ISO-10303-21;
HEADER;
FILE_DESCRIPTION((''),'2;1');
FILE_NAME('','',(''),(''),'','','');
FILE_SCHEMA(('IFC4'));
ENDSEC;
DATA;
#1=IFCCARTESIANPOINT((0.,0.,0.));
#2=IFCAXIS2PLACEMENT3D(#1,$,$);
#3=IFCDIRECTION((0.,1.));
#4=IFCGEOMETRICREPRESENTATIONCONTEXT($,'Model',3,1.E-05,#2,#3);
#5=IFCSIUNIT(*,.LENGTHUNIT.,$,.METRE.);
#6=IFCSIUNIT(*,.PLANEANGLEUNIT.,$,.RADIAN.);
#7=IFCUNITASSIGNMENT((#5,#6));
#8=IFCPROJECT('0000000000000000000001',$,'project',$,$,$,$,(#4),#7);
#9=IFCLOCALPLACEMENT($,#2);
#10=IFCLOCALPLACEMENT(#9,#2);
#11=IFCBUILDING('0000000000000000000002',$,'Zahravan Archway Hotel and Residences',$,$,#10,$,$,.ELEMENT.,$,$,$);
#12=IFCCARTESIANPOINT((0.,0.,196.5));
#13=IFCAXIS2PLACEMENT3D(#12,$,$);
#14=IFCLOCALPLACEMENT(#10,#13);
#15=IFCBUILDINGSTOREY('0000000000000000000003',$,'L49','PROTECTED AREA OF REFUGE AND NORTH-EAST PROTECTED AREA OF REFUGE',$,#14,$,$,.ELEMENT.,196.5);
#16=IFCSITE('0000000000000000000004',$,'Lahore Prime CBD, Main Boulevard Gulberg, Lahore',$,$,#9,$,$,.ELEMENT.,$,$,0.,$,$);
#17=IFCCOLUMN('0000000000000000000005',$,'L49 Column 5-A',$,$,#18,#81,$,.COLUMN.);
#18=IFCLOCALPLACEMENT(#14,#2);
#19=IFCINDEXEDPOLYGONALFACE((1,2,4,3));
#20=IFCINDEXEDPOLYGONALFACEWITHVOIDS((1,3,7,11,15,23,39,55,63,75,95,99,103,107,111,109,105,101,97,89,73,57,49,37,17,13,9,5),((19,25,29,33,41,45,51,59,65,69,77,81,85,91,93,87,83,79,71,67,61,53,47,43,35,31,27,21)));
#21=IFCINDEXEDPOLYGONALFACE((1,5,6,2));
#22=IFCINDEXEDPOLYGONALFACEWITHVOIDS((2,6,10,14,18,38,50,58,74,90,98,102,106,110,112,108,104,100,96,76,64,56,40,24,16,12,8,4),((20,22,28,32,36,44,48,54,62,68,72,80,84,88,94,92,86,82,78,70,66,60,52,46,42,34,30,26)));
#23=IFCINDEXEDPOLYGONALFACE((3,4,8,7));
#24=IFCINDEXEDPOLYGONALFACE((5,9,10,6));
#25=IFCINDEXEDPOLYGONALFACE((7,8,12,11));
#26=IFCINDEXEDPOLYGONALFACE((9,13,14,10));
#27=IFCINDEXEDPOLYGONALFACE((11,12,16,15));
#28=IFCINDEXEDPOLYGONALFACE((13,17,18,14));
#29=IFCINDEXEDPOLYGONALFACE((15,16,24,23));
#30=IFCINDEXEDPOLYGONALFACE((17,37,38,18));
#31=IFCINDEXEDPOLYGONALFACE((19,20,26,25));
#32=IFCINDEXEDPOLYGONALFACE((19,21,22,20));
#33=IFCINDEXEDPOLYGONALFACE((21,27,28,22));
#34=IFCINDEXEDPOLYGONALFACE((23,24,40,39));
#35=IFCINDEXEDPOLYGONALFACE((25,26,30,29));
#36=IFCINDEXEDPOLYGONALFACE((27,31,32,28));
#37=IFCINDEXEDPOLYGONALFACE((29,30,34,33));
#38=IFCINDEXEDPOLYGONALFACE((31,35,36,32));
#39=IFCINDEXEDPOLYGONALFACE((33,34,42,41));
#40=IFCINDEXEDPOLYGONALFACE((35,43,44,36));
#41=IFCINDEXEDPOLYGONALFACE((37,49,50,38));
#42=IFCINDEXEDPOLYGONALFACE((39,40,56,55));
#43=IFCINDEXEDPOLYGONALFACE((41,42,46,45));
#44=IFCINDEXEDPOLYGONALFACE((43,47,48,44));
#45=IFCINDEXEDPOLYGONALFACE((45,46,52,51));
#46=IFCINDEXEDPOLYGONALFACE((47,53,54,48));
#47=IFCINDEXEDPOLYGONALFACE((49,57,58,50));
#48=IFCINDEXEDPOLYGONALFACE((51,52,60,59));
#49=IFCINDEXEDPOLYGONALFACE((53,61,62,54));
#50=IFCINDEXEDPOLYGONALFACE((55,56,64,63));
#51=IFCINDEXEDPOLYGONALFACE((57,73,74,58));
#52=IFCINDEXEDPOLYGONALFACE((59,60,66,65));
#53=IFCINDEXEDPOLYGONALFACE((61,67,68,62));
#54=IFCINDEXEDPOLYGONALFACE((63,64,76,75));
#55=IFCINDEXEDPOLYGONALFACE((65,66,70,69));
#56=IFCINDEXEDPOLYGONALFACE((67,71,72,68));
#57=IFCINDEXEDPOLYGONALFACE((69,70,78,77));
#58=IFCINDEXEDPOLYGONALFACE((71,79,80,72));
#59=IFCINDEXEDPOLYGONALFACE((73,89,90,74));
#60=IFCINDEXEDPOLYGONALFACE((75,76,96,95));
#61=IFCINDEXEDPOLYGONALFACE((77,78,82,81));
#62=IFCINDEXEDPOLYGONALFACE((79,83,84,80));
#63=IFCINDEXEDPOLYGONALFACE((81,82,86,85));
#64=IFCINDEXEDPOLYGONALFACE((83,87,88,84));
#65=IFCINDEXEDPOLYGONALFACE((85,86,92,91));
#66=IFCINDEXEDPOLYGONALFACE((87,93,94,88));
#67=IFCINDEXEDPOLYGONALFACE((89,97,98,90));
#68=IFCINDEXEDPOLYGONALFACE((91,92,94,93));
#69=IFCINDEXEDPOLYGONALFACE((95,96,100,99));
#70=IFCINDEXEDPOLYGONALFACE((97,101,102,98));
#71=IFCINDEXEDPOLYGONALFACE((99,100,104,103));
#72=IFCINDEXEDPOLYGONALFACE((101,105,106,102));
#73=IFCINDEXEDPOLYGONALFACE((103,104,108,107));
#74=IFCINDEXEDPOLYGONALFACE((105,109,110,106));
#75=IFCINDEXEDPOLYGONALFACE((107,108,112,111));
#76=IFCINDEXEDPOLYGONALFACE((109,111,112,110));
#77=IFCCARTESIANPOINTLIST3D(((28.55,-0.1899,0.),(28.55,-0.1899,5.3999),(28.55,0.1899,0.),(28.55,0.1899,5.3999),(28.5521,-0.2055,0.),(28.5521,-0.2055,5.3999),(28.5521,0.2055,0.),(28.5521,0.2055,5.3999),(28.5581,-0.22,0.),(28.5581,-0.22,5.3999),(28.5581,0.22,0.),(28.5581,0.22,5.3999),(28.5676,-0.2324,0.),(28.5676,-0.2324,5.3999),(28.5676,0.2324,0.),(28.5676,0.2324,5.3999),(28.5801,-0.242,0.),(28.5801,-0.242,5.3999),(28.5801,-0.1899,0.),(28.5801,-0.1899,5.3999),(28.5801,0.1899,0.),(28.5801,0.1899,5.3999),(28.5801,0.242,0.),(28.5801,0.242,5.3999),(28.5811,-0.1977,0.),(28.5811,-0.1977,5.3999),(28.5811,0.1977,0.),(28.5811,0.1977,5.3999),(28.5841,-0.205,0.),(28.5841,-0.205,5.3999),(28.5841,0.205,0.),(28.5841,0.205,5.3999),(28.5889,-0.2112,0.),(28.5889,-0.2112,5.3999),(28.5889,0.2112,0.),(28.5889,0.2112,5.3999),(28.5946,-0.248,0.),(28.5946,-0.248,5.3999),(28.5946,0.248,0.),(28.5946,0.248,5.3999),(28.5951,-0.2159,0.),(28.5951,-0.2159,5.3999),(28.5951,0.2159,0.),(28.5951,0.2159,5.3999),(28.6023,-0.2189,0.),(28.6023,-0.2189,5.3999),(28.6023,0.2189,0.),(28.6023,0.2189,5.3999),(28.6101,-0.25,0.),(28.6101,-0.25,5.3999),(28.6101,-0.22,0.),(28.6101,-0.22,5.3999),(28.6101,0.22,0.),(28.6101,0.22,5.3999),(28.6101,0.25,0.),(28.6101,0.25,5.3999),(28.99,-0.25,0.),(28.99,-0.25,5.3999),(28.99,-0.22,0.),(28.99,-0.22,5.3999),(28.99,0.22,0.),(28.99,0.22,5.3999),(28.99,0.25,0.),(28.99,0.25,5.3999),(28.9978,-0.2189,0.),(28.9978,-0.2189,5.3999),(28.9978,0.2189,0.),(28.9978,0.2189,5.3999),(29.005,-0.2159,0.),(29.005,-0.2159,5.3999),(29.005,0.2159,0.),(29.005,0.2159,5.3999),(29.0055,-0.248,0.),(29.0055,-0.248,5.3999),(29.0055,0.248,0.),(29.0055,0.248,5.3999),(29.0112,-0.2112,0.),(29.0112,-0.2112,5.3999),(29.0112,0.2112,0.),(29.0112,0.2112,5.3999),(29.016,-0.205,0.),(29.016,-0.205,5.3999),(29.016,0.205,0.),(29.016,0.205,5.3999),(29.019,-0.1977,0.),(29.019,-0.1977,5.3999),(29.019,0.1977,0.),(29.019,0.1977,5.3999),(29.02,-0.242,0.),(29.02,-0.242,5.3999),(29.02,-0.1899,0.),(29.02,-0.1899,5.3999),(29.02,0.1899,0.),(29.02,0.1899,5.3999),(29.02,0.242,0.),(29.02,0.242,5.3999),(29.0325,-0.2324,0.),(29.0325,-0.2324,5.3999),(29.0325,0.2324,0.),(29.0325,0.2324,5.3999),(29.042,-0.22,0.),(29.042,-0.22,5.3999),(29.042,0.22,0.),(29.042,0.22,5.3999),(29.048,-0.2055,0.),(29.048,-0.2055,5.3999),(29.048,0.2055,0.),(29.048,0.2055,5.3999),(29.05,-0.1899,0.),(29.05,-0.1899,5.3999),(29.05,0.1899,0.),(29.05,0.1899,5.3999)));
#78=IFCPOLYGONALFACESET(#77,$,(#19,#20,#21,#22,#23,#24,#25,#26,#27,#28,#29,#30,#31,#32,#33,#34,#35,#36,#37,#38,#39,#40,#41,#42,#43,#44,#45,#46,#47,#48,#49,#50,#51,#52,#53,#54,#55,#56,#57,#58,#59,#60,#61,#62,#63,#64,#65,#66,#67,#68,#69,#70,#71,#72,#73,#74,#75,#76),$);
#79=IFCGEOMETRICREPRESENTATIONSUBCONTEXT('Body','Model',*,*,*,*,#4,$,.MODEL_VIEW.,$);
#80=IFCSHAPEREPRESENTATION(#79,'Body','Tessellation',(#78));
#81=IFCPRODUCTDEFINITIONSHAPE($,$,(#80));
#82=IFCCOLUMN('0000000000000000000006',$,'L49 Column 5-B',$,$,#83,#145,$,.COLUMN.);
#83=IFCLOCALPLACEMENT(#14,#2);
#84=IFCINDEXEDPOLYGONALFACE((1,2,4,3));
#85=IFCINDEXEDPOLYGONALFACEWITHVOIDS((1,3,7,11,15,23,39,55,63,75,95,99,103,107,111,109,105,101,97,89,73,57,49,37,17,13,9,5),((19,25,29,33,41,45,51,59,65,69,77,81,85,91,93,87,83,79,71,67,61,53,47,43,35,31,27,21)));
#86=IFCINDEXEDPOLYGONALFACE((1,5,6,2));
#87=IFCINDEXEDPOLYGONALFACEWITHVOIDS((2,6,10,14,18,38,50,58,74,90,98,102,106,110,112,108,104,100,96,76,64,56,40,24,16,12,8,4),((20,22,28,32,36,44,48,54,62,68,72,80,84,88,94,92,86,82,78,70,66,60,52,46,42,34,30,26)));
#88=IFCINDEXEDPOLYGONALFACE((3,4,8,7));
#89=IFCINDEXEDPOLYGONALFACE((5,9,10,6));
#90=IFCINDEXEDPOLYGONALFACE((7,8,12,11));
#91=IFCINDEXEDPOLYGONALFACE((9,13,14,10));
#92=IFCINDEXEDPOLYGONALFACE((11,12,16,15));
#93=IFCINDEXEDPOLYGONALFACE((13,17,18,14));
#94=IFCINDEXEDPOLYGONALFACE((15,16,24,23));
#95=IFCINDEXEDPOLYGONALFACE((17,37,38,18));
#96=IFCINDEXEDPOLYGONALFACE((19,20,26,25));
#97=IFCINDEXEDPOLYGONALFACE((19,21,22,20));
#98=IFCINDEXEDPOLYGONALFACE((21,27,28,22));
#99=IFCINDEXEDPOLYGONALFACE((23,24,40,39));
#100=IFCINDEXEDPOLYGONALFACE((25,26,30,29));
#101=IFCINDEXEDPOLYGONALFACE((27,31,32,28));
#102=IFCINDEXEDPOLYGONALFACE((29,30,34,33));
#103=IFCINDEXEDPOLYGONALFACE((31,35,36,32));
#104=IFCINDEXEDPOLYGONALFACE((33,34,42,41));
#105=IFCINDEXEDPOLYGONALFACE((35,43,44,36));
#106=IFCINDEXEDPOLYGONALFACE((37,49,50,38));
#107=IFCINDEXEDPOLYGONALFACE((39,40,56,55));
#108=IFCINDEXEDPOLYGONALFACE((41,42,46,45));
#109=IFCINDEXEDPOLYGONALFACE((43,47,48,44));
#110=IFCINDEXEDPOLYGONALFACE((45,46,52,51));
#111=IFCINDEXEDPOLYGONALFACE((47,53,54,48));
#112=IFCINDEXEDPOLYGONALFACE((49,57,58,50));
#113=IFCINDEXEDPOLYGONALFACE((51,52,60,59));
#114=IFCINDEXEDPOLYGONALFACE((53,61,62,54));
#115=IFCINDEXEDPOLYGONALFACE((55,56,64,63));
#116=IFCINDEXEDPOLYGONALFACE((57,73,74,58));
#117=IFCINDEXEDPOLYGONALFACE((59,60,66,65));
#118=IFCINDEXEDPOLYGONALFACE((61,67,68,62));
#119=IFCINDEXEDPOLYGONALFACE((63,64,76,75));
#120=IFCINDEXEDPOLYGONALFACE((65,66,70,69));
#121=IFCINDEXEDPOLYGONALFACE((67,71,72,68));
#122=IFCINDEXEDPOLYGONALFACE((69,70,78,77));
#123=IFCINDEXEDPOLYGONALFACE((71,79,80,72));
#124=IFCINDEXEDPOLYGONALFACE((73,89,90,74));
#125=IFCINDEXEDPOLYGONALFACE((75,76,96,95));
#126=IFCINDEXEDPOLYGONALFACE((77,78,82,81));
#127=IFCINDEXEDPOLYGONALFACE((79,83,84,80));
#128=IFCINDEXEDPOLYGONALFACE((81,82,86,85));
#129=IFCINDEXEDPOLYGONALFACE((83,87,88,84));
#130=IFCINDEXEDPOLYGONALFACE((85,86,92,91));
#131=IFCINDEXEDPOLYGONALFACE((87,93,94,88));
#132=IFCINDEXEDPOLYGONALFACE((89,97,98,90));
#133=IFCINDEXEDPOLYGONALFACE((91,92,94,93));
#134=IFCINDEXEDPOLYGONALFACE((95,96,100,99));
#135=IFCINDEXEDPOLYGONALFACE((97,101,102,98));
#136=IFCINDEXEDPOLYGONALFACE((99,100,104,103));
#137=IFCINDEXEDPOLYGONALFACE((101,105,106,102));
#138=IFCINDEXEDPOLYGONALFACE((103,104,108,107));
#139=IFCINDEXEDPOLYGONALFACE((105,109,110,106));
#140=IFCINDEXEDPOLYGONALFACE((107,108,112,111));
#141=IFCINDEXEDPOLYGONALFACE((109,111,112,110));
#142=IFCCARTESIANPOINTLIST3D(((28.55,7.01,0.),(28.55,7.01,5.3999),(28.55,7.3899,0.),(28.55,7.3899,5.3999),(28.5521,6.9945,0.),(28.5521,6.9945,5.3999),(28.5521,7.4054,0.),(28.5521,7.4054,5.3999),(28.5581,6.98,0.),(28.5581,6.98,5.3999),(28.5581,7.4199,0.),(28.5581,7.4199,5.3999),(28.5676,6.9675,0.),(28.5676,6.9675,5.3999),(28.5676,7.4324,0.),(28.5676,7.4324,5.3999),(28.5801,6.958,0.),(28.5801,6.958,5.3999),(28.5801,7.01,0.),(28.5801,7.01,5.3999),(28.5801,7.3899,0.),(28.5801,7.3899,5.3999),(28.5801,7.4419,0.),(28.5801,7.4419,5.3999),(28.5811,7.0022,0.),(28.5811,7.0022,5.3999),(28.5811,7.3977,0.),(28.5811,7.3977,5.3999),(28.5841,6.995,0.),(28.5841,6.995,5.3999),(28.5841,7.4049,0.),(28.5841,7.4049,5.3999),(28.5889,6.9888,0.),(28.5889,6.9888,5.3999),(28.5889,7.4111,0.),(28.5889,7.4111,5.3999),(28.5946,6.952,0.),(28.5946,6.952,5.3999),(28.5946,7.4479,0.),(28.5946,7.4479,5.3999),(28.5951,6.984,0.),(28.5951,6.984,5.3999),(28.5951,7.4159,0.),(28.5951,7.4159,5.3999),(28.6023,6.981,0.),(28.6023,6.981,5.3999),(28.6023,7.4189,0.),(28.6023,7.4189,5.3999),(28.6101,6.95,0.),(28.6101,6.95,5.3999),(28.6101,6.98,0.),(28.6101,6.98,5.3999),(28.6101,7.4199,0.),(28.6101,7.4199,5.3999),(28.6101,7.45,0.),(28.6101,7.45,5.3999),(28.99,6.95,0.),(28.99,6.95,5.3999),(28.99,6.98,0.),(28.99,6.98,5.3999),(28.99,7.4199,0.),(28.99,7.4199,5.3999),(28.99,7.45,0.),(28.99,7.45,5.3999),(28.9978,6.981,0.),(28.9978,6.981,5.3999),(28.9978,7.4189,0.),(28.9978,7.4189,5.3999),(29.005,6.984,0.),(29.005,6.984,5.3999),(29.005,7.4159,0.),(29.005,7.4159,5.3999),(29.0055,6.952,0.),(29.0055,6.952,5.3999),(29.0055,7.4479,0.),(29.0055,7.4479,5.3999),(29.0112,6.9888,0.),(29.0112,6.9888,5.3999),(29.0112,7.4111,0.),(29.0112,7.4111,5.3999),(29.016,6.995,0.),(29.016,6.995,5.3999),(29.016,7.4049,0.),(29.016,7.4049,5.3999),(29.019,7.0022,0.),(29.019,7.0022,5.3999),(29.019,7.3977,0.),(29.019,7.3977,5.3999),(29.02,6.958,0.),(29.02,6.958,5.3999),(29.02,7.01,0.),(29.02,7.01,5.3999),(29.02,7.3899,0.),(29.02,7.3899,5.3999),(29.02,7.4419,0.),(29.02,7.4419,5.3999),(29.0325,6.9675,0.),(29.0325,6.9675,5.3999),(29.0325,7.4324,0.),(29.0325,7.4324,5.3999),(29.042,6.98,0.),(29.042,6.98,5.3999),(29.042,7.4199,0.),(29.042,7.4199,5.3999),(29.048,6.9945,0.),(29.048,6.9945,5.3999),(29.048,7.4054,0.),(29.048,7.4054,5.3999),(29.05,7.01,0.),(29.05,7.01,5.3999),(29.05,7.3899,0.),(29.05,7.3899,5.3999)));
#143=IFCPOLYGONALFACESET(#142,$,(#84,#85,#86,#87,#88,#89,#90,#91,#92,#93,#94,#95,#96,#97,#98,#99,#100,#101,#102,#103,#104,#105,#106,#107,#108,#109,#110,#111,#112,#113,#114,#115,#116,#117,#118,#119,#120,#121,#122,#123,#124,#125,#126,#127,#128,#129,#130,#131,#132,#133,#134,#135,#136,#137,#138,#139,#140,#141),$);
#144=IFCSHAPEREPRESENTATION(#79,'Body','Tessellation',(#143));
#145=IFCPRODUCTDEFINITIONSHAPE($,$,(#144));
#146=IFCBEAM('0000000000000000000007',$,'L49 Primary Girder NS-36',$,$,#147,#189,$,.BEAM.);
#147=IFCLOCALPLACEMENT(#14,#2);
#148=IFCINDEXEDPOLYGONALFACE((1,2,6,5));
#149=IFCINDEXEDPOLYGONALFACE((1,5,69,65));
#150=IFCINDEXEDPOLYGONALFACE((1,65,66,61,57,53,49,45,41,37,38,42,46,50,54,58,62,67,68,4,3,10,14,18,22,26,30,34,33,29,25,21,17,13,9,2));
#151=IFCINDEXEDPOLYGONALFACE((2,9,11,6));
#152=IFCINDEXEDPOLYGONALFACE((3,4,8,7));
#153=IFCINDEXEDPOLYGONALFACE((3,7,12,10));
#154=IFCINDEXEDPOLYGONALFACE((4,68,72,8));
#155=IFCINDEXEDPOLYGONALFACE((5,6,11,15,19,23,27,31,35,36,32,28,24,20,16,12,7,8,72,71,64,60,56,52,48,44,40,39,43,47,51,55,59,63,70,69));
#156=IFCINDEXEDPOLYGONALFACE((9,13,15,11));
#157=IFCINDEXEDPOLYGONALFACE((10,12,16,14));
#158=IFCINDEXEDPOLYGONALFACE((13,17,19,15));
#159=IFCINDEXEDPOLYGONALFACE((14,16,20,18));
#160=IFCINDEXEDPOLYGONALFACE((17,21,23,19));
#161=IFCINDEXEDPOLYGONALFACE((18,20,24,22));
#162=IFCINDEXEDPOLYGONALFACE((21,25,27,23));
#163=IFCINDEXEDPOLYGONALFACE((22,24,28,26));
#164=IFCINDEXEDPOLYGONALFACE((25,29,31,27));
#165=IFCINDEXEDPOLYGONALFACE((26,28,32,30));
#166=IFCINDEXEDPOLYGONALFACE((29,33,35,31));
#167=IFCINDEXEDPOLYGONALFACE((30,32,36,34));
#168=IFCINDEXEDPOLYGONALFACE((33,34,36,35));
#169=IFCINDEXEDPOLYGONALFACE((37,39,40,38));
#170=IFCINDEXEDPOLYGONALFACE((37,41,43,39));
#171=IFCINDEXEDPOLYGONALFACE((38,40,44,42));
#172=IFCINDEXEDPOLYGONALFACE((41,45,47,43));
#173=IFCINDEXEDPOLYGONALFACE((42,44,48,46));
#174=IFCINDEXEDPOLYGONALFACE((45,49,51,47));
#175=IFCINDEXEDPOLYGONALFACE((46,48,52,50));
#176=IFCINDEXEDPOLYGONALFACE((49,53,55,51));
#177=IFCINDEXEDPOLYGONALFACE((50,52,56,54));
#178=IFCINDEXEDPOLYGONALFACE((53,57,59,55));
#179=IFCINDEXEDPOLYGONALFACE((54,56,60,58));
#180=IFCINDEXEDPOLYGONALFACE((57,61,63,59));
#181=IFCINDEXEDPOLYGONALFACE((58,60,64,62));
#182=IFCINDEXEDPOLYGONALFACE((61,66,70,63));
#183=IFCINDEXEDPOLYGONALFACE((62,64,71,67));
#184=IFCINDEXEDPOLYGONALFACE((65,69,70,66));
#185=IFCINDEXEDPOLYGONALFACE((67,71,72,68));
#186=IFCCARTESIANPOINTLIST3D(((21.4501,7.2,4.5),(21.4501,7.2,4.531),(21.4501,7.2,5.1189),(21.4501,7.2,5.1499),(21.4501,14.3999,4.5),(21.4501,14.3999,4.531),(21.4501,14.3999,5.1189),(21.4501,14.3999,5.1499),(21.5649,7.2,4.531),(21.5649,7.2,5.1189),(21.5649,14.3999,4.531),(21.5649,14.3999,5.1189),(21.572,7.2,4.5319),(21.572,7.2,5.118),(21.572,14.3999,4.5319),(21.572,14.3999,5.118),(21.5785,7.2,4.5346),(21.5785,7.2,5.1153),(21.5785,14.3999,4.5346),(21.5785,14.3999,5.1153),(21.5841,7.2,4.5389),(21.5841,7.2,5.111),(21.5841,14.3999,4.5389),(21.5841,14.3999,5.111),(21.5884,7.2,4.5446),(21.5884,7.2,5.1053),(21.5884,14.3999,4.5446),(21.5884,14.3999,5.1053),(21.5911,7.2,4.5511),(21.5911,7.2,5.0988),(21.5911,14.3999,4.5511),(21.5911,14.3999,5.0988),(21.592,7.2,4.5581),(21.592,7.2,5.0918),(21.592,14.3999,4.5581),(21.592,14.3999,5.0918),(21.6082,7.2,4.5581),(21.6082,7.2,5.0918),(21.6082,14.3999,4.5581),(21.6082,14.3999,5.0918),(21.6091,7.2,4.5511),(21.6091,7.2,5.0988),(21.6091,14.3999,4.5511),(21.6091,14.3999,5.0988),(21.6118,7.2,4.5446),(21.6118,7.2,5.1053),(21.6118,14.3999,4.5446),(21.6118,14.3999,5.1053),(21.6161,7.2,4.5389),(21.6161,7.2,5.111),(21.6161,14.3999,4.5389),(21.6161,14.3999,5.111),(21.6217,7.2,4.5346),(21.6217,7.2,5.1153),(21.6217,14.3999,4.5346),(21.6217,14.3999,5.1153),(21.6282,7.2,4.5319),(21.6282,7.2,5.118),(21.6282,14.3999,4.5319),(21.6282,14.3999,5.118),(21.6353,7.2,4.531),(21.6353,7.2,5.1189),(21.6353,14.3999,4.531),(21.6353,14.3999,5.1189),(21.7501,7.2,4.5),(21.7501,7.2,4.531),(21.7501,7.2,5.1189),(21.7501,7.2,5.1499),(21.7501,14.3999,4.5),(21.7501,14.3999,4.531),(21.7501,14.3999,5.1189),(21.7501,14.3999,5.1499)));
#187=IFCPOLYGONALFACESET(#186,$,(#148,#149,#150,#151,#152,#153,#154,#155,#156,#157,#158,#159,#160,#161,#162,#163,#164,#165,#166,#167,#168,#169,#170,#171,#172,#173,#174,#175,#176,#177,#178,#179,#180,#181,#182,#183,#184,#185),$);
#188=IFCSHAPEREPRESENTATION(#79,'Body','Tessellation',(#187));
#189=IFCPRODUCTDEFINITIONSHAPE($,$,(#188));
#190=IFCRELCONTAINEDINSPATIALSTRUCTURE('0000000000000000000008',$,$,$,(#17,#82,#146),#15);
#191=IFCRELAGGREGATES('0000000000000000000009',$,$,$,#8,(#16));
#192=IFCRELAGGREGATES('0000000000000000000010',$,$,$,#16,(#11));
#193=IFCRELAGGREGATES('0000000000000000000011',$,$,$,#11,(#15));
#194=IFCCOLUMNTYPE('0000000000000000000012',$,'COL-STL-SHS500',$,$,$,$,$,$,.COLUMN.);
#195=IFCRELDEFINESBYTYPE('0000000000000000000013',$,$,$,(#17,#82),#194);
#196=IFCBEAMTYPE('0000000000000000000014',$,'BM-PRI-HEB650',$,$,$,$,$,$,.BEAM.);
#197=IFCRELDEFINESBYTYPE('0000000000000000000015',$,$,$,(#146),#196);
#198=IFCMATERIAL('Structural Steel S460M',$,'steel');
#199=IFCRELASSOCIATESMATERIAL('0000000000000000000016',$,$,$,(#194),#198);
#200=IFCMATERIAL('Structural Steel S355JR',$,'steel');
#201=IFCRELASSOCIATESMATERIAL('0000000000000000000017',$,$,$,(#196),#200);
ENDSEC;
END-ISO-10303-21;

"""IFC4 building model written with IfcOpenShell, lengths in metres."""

from ifc_helpers import new_model, si_unit, direction, frame, origin, origin_2d, place, context, subcontext, project, spatial, hollow_rectangle, i_section, extrude, source, transform, mapped, material, material_profile, profile_set, type_object, type_shapes, element, save


model = new_model("IFC4")

# Units and contexts
model_context = context("Model", 3, precision=1e-05, world=origin(), true_north=direction((0.0, 1.0)))
body_context = subcontext(model_context, "Body", "Model", "MODEL_VIEW")
ifc_project = project(units=[si_unit("LENGTHUNIT", "METRE"), si_unit("PLANEANGLEUNIT", "RADIAN")], contexts=[model_context])

# Site, building, storey
site_placement = place(None, origin())
site = spatial("IfcSite", under=ifc_project, at=site_placement, Name="Lahore Prime CBD, Main Boulevard Gulberg, Lahore", CompositionType="ELEMENT", RefElevation=0.0)
building_placement = place(site_placement, origin())
building = spatial("IfcBuilding", under=site, at=building_placement, Name="Zahravan Archway Hotel and Residences", CompositionType="ELEMENT")
storey_placement = place(building_placement, frame((0.0, 0.0, 196.5)))
storey = spatial("IfcBuildingStorey", under=building, at=storey_placement, Name="L49", Description="PROTECTED AREA OF REFUGE AND NORTH-EAST PROTECTED AREA OF REFUGE", CompositionType="ELEMENT", Elevation=196.5)

# Columns
ifc_material_1 = material(Name="Structural Steel S460M", Category="steel")
ifc_material_profile_1 = material_profile(ifc_material_1, hollow_rectangle(XDim=0.5, YDim=0.5, WallThickness=0.03, InnerFilletRadius=0.03, OuterFilletRadius=0.0601, at=origin_2d()), Name="SHS 500x500x30", Category="steel")
ifc_profile_set_1 = profile_set([ifc_material_profile_1], Name="Structural Steel S460M")
column_type = type_object("IfcColumnType", Name="COL-STL-SHS500", PredefinedType="COLUMN", material=ifc_profile_set_1)
shared_shape_1 = source(origin(), body_context, "Body", "SweptSolid", [
    extrude(hollow_rectangle(XDim=0.5, YDim=0.5, WallThickness=0.03, InnerFilletRadius=0.03, OuterFilletRadius=0.0601, at=origin_2d()), origin(), (0.0, 0.0, 1.0), 5.3999),
])
type_shapes(column_type, [shared_shape_1])
for number, where, z_axis, x_axis, name in (
    (1, (28.8, 0.0, 0.0), (0.0, 0.0, 1.0), (1.0, 0.0, 0.0), "L49 Column 5-A"),
    (2, (28.8, 7.2, 0.0), (0.0, 0.0, 1.0), (1.0, 0.0, 0.0), "L49 Column 5-B"),
):
    element("IfcColumn", number, at=place(storey_placement, frame(where, z_axis=z_axis, x_axis=x_axis)), inside=storey, type_object=column_type, Name=name, PredefinedType="COLUMN", context=body_context, shape_type="MappedRepresentation", body=[
        mapped(shared_shape_1, transform((0.0, 0.0, 0.0), scale=1.0)),
    ])

# Beam
ifc_material_2 = material(Name="Structural Steel S355JR", Category="steel")
ifc_material_profile_2 = material_profile(ifc_material_2, i_section(OverallWidth=0.3, OverallDepth=0.6499, WebThickness=0.0161, FlangeThickness=0.031, FilletRadius=0.0271, at=origin_2d()), Name="HEB 650", Category="steel")
ifc_profile_set_2 = profile_set([ifc_material_profile_2], Name="Structural Steel S355JR")
beam_type_1 = type_object("IfcBeamType", Name="BM-PRI-HEB650", PredefinedType="BEAM", material=ifc_profile_set_2)
shared_shape_2 = source(origin(), body_context, "Body", "SweptSolid", [
    extrude(i_section(OverallWidth=0.3, OverallDepth=0.6499, WebThickness=0.0161, FlangeThickness=0.031, FilletRadius=0.0271, at=origin_2d()), origin(), (0.0, 0.0, 1.0), 7.2),
])
beam_1_placement = place(storey_placement, frame((21.6001, 7.2, 4.825), z_axis=(0.0, 1.0, 0.0), x_axis=(-1.0, 0.0, 0.0)))
element("IfcBeam", 3, at=beam_1_placement, inside=storey, type_object=beam_type_1, Name="L49 Primary Girder NS-36", PredefinedType="BEAM", context=body_context, shape_type="MappedRepresentation", body=[
    mapped(shared_shape_2, transform((0.0, 0.0, 0.0), scale=1.0)),
])

save(model, "model.ifc")
